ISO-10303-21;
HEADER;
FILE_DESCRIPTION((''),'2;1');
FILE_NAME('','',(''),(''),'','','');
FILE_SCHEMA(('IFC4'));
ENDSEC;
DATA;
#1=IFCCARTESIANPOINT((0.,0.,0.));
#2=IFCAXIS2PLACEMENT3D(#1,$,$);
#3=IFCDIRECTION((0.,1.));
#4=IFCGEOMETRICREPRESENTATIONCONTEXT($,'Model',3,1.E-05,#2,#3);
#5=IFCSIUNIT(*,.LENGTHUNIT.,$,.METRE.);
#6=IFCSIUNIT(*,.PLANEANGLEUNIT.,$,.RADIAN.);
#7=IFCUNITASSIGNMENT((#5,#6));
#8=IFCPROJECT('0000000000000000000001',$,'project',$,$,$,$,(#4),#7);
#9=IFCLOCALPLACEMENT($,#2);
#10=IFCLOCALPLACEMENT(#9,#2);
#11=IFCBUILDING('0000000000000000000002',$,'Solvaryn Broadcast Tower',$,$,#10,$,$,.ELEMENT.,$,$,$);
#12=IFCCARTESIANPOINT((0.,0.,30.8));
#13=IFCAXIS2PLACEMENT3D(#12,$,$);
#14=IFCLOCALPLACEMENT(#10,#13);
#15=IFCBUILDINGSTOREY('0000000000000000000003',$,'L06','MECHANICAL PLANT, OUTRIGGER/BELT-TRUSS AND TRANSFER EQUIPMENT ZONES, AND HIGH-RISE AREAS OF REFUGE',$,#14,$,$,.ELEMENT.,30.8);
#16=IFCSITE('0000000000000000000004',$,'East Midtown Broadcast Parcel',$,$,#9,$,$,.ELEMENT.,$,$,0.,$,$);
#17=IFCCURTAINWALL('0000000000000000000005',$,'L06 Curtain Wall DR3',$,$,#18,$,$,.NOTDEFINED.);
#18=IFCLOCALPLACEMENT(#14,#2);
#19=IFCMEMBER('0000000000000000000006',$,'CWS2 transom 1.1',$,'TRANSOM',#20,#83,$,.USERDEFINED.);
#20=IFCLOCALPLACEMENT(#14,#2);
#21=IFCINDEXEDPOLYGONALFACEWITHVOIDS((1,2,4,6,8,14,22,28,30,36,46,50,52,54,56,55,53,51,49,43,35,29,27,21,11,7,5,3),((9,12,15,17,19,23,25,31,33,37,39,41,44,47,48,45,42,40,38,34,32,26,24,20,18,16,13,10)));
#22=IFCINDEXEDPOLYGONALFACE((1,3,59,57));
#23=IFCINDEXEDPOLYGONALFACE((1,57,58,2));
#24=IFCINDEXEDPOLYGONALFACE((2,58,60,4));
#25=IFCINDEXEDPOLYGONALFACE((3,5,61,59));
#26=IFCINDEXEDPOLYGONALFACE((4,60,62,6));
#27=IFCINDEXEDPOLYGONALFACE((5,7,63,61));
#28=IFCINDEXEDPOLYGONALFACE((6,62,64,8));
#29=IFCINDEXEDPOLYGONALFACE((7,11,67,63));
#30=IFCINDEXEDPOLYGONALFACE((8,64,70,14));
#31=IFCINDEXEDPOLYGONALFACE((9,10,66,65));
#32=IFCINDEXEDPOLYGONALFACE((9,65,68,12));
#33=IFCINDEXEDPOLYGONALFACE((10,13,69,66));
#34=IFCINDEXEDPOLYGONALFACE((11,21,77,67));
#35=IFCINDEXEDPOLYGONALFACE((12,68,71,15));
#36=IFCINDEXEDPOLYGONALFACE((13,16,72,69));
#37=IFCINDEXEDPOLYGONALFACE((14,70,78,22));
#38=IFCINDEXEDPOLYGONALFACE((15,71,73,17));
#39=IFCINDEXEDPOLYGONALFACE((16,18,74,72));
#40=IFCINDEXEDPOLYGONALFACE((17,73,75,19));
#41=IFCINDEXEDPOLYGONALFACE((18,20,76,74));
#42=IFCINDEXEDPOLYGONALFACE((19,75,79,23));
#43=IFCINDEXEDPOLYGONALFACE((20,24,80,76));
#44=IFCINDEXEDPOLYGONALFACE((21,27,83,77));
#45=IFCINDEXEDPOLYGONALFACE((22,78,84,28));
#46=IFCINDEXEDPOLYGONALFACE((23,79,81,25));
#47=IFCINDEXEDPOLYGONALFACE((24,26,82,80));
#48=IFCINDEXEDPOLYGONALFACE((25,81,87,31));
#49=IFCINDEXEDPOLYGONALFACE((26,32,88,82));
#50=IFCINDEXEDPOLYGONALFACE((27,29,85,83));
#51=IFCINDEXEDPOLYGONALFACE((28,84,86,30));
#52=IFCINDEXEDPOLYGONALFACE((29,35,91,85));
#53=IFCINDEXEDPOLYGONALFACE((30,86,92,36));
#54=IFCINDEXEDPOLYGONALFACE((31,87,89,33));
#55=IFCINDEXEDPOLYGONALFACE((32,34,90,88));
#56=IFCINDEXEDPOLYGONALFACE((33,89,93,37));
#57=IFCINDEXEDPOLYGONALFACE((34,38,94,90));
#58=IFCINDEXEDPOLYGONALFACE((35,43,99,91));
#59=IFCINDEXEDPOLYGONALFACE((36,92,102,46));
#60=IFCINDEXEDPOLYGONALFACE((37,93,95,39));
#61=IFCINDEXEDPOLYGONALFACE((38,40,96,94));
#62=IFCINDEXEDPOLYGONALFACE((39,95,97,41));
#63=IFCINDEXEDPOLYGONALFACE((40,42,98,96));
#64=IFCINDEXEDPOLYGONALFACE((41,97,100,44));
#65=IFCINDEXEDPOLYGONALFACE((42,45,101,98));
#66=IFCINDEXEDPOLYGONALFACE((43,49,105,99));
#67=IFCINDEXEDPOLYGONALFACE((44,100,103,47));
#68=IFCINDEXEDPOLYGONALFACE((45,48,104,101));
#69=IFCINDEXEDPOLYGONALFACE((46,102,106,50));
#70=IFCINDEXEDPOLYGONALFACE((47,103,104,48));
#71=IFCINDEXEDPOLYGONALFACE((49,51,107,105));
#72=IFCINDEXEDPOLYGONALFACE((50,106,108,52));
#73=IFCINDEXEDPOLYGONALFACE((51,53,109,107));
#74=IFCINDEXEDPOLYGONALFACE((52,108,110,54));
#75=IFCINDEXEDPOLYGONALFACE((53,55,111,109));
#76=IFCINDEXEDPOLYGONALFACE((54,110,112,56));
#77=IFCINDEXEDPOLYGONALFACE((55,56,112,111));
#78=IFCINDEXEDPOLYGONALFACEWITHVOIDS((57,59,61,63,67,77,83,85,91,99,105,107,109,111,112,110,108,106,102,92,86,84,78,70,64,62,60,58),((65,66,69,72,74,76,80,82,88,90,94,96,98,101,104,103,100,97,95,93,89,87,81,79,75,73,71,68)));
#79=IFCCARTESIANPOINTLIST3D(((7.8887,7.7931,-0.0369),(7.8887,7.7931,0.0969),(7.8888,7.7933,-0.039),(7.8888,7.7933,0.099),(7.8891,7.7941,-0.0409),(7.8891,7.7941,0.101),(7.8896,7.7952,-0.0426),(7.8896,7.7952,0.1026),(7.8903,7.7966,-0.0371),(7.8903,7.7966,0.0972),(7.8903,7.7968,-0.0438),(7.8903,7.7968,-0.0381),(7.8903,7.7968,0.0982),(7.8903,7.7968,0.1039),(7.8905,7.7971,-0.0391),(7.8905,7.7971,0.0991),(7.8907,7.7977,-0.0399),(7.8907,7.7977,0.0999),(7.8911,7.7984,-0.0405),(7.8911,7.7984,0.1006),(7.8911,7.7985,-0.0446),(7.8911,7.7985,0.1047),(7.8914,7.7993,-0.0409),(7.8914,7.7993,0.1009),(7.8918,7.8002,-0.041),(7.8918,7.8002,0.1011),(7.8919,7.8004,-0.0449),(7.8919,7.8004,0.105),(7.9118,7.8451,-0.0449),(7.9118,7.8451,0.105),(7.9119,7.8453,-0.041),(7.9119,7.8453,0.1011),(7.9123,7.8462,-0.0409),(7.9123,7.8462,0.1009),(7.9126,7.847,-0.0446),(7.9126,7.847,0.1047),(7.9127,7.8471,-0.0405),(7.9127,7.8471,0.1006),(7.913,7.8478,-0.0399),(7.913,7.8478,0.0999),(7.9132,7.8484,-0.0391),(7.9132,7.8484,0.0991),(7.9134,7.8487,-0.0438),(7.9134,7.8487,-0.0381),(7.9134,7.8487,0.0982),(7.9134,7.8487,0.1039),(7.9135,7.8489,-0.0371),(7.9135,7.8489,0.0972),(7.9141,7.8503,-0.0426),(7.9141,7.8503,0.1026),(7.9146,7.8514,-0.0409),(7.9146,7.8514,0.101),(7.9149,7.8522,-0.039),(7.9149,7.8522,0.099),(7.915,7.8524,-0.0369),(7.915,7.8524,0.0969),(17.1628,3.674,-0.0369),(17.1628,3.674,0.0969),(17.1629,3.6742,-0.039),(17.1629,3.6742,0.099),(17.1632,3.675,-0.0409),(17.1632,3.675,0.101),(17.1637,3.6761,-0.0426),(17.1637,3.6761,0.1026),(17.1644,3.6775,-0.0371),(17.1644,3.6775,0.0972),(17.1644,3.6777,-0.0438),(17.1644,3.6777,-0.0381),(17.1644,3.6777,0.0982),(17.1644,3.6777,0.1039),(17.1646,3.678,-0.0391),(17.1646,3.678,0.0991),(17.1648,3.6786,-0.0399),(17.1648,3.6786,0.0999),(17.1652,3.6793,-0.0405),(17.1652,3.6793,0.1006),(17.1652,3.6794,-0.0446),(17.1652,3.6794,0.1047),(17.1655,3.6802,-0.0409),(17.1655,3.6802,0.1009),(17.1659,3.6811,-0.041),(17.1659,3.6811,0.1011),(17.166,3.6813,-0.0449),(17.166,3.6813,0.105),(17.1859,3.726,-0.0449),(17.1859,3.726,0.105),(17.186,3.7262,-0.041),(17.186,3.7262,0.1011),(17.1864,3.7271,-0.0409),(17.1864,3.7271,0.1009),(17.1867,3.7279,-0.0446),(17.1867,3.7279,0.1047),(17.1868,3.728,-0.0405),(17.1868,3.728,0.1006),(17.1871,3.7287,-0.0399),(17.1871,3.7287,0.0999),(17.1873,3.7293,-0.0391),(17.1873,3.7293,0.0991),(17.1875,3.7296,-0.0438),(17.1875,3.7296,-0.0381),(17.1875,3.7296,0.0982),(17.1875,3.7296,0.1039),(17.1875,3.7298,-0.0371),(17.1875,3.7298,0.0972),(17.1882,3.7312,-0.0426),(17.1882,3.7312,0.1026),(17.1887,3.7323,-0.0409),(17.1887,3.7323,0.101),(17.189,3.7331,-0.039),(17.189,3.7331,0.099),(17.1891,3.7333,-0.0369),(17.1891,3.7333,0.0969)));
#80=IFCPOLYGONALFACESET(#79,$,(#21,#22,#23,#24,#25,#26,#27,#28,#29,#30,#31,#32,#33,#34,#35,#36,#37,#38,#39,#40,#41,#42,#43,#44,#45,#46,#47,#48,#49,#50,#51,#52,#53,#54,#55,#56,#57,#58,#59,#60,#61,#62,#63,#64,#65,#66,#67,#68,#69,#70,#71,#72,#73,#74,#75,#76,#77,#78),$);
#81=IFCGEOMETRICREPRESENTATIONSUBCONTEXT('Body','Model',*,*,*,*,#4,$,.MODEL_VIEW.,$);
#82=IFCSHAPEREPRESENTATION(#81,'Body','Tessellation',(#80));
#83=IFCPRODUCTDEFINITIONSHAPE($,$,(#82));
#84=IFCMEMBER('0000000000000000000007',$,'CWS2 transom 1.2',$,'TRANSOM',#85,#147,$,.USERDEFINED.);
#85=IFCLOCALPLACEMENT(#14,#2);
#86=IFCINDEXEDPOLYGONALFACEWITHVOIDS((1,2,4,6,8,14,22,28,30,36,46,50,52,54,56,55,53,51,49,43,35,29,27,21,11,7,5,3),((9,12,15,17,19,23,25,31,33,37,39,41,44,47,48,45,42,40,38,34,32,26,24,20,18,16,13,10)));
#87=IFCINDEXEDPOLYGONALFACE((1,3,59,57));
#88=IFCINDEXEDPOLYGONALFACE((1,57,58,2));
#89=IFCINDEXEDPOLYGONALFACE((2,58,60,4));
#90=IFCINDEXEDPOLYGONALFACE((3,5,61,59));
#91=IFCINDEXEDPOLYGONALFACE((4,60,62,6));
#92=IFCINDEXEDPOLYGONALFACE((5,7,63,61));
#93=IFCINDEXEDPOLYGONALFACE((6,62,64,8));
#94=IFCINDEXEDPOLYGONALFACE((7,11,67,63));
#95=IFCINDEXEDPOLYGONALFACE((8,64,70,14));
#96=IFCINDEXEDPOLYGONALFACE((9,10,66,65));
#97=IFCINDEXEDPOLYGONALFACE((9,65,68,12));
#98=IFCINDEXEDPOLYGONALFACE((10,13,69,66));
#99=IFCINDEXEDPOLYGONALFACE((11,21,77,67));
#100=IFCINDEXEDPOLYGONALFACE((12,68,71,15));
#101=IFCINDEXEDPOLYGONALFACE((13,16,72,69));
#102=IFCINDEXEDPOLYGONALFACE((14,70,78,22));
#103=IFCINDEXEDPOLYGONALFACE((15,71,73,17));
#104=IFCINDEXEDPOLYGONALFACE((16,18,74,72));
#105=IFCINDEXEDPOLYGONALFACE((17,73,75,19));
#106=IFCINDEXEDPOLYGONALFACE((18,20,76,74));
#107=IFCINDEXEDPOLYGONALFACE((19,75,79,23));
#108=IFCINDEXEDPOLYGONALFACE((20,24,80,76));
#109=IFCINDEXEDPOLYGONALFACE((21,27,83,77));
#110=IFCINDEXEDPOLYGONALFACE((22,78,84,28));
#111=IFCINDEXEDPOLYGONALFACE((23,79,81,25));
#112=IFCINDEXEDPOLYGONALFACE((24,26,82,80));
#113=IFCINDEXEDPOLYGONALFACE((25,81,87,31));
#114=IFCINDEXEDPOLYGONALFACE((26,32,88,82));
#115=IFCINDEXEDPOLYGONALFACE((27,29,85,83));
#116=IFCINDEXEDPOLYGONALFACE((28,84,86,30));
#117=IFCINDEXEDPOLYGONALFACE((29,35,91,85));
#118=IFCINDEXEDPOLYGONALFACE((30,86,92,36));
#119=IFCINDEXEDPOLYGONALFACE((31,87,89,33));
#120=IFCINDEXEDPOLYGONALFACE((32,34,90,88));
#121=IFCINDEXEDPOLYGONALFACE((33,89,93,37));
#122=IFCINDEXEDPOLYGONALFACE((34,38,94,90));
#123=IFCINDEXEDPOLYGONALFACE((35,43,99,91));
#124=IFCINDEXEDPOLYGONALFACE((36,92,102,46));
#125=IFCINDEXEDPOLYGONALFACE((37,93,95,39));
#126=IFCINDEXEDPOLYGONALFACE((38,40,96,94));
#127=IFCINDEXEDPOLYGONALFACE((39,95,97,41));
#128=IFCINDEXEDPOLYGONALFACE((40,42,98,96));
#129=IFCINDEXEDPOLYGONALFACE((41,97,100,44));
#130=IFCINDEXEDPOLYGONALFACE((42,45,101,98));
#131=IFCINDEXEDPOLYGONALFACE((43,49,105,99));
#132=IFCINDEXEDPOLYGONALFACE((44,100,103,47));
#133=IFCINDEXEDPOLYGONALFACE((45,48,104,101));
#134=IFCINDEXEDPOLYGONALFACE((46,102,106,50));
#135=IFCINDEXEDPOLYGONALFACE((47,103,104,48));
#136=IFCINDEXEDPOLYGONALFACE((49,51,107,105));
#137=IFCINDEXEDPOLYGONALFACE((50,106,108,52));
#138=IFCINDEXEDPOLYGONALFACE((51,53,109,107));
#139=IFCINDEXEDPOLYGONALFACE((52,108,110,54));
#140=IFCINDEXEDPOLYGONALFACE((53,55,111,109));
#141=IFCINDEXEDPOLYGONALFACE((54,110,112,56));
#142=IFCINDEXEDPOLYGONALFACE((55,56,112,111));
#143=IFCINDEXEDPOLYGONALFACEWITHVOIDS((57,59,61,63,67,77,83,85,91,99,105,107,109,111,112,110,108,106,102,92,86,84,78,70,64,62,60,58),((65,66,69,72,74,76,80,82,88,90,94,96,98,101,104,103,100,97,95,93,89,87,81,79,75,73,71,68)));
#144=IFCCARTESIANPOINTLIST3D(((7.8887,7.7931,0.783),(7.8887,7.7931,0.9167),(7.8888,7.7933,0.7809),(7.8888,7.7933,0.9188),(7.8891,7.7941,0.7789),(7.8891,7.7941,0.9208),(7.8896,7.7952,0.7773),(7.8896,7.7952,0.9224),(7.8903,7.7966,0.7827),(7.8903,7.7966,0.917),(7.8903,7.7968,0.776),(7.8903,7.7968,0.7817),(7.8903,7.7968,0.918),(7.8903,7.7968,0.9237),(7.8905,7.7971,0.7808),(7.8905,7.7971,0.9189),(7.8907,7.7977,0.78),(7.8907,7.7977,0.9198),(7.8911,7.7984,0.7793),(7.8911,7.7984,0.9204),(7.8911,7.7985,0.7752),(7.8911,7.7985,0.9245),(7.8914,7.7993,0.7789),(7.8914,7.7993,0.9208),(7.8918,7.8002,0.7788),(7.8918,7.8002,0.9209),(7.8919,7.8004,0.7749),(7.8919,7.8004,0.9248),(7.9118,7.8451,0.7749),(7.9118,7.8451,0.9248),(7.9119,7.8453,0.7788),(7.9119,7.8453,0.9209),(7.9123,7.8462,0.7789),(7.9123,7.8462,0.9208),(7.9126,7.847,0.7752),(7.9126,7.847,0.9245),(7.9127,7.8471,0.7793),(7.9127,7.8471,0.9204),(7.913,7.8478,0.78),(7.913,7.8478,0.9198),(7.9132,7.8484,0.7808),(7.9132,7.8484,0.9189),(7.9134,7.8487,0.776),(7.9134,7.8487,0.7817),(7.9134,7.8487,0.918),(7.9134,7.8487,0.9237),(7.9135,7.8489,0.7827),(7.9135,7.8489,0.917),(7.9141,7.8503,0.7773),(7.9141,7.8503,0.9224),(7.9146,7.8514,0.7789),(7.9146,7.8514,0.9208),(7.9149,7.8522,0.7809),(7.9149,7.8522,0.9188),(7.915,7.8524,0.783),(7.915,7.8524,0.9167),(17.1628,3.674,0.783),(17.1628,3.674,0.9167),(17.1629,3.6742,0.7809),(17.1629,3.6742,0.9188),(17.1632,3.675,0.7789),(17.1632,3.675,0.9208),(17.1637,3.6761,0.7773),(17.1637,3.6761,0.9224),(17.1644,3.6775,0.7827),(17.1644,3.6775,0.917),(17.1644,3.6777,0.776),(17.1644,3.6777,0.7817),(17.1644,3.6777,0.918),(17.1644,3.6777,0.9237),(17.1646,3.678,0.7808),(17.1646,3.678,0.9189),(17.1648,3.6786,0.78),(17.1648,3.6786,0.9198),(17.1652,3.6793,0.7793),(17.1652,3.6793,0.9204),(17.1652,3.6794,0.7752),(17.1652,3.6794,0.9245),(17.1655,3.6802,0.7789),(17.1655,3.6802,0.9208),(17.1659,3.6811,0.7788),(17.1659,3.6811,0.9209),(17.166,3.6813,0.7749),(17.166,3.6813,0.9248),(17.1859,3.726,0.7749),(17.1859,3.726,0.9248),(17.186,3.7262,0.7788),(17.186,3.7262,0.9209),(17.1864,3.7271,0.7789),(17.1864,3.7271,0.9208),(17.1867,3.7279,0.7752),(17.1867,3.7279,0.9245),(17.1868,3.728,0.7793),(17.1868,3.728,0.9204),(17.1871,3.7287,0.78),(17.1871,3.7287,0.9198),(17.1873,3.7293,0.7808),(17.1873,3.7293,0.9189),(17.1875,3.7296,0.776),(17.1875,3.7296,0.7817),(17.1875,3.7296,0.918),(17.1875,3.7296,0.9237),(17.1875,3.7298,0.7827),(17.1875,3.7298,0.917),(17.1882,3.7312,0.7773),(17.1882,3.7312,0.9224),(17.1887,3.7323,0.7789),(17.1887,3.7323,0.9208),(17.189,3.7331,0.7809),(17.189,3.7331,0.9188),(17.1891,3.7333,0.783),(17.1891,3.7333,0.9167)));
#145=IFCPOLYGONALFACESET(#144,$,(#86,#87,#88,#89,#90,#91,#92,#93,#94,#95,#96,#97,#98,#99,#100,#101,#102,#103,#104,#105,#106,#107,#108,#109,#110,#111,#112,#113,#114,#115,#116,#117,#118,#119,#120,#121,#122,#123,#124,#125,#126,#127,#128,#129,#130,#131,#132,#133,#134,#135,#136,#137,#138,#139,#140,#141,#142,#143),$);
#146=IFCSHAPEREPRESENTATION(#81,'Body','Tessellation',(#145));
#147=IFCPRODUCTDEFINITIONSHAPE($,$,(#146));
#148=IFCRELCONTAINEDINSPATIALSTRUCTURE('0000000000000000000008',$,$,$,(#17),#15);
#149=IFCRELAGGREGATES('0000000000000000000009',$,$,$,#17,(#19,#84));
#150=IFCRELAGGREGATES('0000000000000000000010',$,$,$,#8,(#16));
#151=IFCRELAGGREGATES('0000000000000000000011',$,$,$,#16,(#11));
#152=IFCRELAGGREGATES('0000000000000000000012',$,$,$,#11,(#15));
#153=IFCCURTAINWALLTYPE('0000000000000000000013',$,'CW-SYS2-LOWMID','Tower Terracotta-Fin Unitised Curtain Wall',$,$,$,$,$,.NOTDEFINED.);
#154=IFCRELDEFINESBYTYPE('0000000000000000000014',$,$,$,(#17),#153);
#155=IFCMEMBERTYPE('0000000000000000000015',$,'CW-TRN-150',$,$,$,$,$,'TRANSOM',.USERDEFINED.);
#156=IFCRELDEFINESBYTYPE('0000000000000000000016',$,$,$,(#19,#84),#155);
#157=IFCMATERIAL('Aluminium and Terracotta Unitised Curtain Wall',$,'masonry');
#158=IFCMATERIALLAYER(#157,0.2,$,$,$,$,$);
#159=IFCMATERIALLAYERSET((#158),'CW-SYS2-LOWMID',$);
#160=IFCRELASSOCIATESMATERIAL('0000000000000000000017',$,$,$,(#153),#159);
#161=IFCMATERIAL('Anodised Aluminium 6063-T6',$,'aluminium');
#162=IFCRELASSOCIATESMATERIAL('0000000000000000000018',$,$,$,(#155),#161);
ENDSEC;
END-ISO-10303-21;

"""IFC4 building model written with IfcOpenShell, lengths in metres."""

from ifc_helpers import new_model, si_unit, direction, frame, origin, origin_2d, place, context, subcontext, project, spatial, hollow_rectangle, extrude, material, layer, layer_set, material_profile, profile_set, type_object, element, aggregate, save


model = new_model("IFC4")

# Units and contexts
model_context = context("Model", 3, precision=1e-05, world=origin(), true_north=direction((0.0, 1.0)))
body_context = subcontext(model_context, "Body", "Model", "MODEL_VIEW")
ifc_project = project(units=[si_unit("LENGTHUNIT", "METRE"), si_unit("PLANEANGLEUNIT", "RADIAN")], contexts=[model_context])

# Site, building, storey
site_placement = place(None, origin())
site = spatial("IfcSite", under=ifc_project, at=site_placement, Name="East Midtown Broadcast Parcel", CompositionType="ELEMENT", RefElevation=0.0)
building_placement = place(site_placement, origin())
building = spatial("IfcBuilding", under=site, at=building_placement, Name="Solvaryn Broadcast Tower", CompositionType="ELEMENT")
storey_placement = place(building_placement, frame((0.0, 0.0, 30.8)))
storey = spatial("IfcBuildingStorey", under=building, at=storey_placement, Name="L06", Description="MECHANICAL PLANT, OUTRIGGER/BELT-TRUSS AND TRANSFER EQUIPMENT ZONES, AND HIGH-RISE AREAS OF REFUGE", CompositionType="ELEMENT", Elevation=30.8)

# Curtain wall
ifc_material_1 = material(Name="Aluminium and Terracotta Unitised Curtain Wall", Category="masonry")
ifc_layer_1 = layer(ifc_material_1, 0.2)
ifc_layer_set_1 = layer_set([ifc_layer_1], Name="CW-SYS2-LOWMID")
curtain_wall_type = type_object("IfcCurtainWallType", Name="CW-SYS2-LOWMID", Description="Tower Terracotta-Fin Unitised Curtain Wall", PredefinedType="NOTDEFINED", material=ifc_layer_set_1)
curtain_wall_1_placement = place(storey_placement, origin())
curtain_wall_1 = element("IfcCurtainWall", 1, at=curtain_wall_1_placement, inside=storey, type_object=curtain_wall_type, Name="L06 Curtain Wall DR3", PredefinedType="NOTDEFINED")

# Members
ifc_material_2 = material(Name="Anodised Aluminium 6063-T6", Category="aluminium")
ifc_material_profile_1 = material_profile(ifc_material_2, hollow_rectangle(XDim=0.0649, YDim=0.1499, WallThickness=0.0039, InnerFilletRadius=0.0039, OuterFilletRadius=0.0081, at=origin_2d()))
ifc_profile_set_1 = profile_set([ifc_material_profile_1], Name="Anodised Aluminium 6063-T6")
member_type_1 = type_object("IfcMemberType", Name="CW-TRN-150", ElementType="TRANSOM", PredefinedType="USERDEFINED", material=ifc_profile_set_1)
member_1_placement = place(storey_placement, frame((7.9019, 7.8228, 0.03), z_axis=(0.913911, -0.405915, 0.0), x_axis=(0.405915, 0.913911, 0.0)))
member_1 = element("IfcMember", 2, at=member_1_placement, type_object=member_type_1, Name="CWS2 transom 1.1", ObjectType="TRANSOM", PredefinedType="USERDEFINED", context=body_context, shape_type="SweptSolid", body=[
    extrude(hollow_rectangle(XDim=0.0649, YDim=0.1499, WallThickness=0.0039, InnerFilletRadius=0.0039, OuterFilletRadius=0.0081, at=origin_2d()), origin(), (0.0, 0.0, 1.0), 10.1477),
])
member_2_placement = place(storey_placement, frame((7.9019, 7.8228, 0.8499), z_axis=(0.913911, -0.405915, 0.0), x_axis=(0.405915, 0.913911, 0.0)))
member_2 = element("IfcMember", 3, at=member_2_placement, type_object=member_type_1, Name="CWS2 transom 1.2", ObjectType="TRANSOM", PredefinedType="USERDEFINED", context=body_context, shape_type="SweptSolid", body=[
    extrude(hollow_rectangle(XDim=0.0649, YDim=0.1499, WallThickness=0.0039, InnerFilletRadius=0.0039, OuterFilletRadius=0.0081, at=origin_2d()), origin(), (0.0, 0.0, 1.0), 10.1477),
])
aggregate(curtain_wall_1, [member_1, member_2])

save(model, "model.ifc")
